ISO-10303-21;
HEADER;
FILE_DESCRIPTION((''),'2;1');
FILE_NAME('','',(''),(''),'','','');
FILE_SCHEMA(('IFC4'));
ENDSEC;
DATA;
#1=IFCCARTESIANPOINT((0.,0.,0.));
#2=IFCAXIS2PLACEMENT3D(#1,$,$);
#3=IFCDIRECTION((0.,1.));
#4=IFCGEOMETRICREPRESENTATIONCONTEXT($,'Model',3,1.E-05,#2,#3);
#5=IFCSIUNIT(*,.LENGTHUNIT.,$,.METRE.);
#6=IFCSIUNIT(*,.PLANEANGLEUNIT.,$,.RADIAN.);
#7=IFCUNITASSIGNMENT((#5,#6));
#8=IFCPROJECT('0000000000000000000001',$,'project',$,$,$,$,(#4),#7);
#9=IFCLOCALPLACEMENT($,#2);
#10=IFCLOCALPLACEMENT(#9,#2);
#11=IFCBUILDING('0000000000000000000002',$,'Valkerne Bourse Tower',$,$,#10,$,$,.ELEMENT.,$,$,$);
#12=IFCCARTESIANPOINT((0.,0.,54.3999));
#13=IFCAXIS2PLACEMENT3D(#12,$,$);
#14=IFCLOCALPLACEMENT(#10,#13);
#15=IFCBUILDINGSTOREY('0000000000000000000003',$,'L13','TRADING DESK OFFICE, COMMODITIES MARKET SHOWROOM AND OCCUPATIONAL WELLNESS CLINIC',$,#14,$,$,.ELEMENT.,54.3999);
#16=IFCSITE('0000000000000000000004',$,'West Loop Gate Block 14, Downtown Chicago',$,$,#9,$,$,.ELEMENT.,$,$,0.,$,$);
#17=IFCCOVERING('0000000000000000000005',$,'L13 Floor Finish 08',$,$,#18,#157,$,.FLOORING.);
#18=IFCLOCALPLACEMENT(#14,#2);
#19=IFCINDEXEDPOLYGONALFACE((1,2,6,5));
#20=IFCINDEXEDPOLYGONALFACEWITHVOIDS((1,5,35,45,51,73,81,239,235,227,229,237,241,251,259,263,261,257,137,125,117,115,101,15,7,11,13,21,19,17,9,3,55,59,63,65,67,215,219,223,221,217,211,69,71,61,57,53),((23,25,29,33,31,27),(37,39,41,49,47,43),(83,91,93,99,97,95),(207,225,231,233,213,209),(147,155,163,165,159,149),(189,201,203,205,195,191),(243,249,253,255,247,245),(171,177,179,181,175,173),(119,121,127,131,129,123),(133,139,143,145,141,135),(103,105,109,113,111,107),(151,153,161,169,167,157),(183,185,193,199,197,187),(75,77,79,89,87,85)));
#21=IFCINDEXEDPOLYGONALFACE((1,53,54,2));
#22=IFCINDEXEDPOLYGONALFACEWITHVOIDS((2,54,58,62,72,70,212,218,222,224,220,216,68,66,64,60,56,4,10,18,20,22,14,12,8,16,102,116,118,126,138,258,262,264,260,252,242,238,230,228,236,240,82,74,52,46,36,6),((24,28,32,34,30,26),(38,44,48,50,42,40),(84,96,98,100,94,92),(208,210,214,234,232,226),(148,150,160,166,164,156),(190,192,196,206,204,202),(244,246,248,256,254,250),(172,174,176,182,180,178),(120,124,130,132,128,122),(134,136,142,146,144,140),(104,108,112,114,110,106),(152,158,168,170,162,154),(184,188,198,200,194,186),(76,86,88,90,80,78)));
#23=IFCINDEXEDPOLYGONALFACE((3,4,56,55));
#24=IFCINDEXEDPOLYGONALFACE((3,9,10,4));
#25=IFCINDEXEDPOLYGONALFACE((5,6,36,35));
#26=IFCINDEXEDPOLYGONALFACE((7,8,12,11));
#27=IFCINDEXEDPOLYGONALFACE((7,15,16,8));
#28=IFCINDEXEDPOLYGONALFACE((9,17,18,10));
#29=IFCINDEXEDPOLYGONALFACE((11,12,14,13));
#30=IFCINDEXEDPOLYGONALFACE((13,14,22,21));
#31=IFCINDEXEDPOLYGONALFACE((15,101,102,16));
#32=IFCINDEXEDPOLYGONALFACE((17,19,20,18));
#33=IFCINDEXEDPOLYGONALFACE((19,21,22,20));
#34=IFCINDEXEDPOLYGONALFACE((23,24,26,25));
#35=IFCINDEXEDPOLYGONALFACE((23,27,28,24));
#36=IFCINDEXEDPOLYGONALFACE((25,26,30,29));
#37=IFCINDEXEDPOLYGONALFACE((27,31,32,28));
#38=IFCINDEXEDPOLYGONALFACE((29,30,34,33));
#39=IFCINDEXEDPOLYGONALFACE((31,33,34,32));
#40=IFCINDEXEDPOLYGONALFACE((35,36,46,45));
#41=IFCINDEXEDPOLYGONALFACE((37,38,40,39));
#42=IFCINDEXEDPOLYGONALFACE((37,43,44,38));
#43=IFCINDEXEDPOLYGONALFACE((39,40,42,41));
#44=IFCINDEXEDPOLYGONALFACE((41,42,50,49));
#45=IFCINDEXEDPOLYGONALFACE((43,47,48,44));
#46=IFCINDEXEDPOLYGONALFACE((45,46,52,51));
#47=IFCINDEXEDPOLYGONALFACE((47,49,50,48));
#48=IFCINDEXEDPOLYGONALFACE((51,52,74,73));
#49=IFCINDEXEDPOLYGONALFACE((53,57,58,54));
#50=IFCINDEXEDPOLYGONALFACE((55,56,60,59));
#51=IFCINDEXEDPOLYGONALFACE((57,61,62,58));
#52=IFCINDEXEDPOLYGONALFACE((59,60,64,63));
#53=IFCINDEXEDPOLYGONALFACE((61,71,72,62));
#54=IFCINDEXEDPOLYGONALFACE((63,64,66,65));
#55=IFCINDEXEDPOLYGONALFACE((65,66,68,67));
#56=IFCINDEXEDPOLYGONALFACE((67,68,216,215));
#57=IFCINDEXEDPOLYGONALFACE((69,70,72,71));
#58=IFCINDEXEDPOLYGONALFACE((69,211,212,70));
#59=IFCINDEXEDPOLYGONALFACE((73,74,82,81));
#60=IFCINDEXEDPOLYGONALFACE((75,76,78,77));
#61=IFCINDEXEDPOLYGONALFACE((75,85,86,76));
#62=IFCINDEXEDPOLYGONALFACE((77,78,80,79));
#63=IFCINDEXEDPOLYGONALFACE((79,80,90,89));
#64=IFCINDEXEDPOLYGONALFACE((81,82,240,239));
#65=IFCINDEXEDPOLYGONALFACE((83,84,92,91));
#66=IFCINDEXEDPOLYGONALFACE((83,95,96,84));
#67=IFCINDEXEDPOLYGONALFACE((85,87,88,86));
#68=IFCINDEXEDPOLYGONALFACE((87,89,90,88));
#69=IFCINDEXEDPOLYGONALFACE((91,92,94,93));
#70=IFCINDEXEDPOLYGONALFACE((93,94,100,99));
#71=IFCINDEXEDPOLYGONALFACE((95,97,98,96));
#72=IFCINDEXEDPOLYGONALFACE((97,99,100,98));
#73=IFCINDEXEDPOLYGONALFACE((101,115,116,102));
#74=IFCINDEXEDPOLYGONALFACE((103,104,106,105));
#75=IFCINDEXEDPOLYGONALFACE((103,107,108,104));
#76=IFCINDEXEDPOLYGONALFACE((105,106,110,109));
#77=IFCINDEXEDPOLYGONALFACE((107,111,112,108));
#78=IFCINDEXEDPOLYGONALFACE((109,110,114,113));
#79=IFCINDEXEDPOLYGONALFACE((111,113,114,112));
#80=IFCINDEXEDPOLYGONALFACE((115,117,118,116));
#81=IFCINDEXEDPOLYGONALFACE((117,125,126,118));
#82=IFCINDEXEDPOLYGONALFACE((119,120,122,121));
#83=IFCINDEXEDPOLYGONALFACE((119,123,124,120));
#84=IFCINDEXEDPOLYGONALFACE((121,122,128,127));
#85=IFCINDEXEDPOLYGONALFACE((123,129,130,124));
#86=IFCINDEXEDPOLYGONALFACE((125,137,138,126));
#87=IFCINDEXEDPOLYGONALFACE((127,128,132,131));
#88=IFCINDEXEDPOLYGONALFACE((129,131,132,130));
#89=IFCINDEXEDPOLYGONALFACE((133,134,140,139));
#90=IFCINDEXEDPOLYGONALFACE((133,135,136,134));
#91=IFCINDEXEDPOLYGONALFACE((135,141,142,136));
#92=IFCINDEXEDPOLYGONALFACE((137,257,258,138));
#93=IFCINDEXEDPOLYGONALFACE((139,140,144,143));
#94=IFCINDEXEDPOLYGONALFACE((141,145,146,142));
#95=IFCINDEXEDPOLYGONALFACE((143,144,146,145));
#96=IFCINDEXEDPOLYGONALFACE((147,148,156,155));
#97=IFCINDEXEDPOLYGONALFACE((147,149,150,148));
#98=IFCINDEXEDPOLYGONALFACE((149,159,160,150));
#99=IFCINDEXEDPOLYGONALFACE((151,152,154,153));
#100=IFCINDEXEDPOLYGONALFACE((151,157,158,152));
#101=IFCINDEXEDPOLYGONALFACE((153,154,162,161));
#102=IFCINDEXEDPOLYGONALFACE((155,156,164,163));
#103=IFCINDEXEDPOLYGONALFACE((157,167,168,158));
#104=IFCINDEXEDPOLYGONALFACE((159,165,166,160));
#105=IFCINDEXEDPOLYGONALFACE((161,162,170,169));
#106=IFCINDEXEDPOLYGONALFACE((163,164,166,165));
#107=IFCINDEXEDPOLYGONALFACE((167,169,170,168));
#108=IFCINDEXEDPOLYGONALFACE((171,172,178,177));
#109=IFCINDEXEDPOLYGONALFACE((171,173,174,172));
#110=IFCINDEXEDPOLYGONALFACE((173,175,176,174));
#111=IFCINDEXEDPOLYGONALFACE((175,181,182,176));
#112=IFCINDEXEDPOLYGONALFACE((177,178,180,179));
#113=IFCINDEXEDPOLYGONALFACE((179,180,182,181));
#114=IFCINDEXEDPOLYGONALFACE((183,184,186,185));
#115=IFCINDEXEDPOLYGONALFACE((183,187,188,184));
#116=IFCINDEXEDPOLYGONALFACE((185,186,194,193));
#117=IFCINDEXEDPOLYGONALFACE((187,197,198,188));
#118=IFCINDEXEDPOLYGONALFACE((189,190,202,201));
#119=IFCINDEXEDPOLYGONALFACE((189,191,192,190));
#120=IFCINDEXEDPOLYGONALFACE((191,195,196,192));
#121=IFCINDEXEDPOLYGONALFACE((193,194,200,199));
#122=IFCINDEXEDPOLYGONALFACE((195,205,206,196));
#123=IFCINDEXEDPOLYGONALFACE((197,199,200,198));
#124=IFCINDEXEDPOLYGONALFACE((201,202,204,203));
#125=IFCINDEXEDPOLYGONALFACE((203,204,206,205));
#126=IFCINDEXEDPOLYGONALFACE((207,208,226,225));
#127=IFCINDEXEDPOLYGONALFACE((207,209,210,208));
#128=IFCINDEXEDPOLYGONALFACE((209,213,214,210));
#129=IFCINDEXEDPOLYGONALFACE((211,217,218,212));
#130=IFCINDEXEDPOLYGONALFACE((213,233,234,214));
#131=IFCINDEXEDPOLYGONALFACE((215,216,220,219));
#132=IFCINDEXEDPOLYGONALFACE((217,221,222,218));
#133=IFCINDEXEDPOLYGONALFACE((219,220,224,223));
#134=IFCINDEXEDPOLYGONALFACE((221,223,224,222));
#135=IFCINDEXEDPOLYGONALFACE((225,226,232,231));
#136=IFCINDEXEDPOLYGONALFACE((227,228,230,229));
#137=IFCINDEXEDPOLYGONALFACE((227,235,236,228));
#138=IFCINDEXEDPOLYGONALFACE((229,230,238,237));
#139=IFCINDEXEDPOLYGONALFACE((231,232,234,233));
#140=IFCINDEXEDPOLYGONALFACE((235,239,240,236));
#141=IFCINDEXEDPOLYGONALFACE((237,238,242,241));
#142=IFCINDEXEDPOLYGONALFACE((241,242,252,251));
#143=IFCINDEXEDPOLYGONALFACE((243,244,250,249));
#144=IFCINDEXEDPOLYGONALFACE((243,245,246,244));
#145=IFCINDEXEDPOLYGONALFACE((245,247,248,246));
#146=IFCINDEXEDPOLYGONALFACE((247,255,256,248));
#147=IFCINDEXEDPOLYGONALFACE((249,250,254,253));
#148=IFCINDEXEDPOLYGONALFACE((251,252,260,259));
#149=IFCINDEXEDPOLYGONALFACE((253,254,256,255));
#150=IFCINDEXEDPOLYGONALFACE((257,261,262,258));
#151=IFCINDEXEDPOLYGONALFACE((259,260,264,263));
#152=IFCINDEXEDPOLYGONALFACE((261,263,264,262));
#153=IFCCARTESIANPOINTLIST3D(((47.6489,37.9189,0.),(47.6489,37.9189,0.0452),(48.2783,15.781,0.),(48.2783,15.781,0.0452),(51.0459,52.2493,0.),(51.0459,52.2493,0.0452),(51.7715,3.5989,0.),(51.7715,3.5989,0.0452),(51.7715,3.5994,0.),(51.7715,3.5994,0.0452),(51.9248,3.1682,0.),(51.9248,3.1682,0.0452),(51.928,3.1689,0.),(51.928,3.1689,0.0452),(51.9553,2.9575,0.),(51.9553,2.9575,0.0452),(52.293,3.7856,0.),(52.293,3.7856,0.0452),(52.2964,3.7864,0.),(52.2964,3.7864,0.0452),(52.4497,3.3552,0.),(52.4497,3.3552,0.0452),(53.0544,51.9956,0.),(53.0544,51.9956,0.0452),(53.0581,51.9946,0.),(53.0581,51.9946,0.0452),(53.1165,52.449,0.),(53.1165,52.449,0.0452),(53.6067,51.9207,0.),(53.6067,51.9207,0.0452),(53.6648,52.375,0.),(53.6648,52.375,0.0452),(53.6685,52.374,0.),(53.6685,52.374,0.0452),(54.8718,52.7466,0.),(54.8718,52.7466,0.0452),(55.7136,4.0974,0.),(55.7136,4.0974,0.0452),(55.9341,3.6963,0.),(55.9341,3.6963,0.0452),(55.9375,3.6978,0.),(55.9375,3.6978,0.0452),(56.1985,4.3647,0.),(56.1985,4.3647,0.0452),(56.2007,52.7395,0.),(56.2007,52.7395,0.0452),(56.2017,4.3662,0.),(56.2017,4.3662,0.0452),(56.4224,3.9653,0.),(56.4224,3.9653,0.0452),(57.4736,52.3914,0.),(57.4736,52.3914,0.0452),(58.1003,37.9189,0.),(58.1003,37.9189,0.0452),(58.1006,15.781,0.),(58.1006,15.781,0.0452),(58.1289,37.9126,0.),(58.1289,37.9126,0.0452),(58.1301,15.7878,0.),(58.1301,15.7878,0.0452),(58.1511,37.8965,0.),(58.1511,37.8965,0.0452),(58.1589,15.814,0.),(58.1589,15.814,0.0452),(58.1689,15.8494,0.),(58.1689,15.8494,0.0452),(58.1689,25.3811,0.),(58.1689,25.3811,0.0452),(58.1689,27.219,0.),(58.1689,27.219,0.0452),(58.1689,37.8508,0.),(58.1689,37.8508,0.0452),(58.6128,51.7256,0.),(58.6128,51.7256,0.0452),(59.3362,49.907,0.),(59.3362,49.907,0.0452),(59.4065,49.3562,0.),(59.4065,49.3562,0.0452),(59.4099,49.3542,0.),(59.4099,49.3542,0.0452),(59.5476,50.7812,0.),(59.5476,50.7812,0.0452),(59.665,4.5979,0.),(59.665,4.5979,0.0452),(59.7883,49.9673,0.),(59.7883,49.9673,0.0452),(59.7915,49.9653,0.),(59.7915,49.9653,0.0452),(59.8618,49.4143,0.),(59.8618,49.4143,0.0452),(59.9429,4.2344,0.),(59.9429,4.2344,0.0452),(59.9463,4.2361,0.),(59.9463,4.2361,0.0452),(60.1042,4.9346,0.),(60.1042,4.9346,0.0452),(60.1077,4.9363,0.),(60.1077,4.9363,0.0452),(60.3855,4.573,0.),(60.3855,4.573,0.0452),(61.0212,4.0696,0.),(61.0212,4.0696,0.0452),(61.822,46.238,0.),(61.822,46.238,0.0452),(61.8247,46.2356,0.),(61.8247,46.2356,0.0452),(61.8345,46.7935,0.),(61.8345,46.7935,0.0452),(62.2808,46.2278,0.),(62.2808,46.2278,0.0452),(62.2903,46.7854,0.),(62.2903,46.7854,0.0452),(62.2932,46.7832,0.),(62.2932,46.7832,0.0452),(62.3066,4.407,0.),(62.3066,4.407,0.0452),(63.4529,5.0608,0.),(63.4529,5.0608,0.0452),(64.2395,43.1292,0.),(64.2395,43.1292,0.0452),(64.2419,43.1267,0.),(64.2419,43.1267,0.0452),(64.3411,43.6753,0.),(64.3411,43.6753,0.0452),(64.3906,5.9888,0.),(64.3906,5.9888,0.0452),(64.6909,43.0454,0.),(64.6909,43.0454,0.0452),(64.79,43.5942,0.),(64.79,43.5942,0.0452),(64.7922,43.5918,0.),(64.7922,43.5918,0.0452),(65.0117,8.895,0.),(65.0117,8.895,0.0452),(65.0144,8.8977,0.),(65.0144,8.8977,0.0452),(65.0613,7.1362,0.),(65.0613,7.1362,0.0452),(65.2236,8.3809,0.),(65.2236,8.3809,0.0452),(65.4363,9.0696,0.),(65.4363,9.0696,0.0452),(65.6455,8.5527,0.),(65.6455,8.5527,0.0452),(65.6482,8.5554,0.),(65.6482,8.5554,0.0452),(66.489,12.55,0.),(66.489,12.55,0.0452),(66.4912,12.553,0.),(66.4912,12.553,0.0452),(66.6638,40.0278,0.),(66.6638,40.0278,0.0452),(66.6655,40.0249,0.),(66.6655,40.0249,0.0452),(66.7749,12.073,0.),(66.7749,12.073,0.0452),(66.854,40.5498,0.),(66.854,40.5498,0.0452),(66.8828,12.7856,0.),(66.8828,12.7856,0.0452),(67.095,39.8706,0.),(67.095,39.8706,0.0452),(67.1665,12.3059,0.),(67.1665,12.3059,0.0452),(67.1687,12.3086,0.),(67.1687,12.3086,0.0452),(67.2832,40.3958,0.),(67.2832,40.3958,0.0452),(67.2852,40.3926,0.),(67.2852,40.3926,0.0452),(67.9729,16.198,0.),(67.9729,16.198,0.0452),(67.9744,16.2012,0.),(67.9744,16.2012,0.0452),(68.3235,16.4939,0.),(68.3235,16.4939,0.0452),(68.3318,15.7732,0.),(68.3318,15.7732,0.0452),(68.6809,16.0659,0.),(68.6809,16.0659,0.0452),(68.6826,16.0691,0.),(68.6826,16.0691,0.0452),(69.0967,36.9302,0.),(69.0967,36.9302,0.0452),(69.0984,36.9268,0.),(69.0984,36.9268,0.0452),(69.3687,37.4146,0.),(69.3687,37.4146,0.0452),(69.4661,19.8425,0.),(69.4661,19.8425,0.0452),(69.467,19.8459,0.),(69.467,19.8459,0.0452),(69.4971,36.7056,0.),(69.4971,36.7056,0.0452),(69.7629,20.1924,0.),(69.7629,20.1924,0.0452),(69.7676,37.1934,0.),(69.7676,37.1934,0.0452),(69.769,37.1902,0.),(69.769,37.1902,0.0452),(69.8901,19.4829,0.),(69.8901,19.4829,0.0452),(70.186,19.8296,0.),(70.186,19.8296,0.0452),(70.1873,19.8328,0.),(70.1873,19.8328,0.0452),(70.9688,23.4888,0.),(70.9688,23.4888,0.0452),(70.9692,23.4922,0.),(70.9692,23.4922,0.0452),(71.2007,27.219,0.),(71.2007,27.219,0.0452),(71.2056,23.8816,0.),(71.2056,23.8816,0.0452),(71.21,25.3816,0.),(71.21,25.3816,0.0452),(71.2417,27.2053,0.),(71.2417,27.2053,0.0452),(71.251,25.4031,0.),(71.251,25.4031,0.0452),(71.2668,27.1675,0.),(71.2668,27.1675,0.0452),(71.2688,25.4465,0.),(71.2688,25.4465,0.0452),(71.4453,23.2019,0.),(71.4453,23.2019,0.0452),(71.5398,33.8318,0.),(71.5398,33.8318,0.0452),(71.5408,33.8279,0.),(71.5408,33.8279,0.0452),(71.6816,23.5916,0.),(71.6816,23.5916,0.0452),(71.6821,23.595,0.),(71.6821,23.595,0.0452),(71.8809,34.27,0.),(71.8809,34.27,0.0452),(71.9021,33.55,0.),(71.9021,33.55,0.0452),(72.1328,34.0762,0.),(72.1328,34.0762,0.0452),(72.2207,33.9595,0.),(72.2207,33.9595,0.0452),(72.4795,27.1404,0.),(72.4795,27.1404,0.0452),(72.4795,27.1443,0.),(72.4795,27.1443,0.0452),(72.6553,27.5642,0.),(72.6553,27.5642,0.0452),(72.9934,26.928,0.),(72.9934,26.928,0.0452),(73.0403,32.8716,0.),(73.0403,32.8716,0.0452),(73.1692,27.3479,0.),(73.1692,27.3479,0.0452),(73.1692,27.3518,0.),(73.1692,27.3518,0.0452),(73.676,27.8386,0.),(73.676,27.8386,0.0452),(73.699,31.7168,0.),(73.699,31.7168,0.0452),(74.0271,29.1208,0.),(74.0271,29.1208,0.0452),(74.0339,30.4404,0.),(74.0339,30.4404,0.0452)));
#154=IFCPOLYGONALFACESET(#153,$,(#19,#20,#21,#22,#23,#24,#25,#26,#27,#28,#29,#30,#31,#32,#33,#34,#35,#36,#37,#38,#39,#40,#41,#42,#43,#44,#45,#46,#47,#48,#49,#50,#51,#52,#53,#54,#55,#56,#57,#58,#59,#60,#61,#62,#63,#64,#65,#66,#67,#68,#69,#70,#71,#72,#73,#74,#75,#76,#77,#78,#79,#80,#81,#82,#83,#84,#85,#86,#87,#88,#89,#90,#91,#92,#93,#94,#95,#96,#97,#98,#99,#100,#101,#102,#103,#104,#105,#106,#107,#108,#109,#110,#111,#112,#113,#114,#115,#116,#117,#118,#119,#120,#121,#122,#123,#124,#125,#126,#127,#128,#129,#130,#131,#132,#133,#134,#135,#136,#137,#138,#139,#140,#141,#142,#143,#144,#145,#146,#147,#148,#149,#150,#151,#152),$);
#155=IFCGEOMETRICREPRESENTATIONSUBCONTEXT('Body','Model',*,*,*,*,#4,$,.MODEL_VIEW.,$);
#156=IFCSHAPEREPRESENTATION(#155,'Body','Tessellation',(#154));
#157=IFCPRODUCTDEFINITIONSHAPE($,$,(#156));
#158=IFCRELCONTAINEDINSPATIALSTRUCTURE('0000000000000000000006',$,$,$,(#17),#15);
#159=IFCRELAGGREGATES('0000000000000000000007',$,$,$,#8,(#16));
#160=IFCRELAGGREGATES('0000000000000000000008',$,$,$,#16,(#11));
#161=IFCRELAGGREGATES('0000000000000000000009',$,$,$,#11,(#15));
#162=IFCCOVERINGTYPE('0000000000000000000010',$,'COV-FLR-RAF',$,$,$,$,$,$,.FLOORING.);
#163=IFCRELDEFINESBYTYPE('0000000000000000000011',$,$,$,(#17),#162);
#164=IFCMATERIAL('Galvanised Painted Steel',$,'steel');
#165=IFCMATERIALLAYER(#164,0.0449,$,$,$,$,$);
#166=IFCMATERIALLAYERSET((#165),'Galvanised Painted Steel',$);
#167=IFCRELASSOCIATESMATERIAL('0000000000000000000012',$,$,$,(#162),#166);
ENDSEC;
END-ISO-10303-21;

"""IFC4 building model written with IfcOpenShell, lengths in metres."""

from ifc_helpers import new_model, si_unit, direction, frame, origin, place, context, subcontext, project, spatial, polyline, outline, extrude, material, layer, layer_set, type_object, element, save


model = new_model("IFC4")

# Units and contexts
model_context = context("Model", 3, precision=1e-05, world=origin(), true_north=direction((0.0, 1.0)))
body_context = subcontext(model_context, "Body", "Model", "MODEL_VIEW")
ifc_project = project(units=[si_unit("LENGTHUNIT", "METRE"), si_unit("PLANEANGLEUNIT", "RADIAN")], contexts=[model_context])

# Site, building, storey
site_placement = place(None, origin())
site = spatial("IfcSite", under=ifc_project, at=site_placement, Name="West Loop Gate Block 14, Downtown Chicago", CompositionType="ELEMENT", RefElevation=0.0)
building_placement = place(site_placement, origin())
building = spatial("IfcBuilding", under=site, at=building_placement, Name="Valkerne Bourse Tower", CompositionType="ELEMENT")
storey_placement = place(building_placement, frame((0.0, 0.0, 54.3999)))
storey = spatial("IfcBuildingStorey", under=building, at=storey_placement, Name="L13", Description="TRADING DESK OFFICE, COMMODITIES MARKET SHOWROOM AND OCCUPATIONAL WELLNESS CLINIC", CompositionType="ELEMENT", Elevation=54.3999)

# Covering
ifc_material_1 = material(Name="Galvanised Painted Steel", Category="steel")
ifc_layer_1 = layer(ifc_material_1, 0.0449)
ifc_layer_set_1 = layer_set([ifc_layer_1], Name="Galvanised Painted Steel")
covering_type_1 = type_object("IfcCoveringType", Name="COV-FLR-RAF", PredefinedType="FLOORING", material=ifc_layer_set_1)
covering_1_placement = place(storey_placement, origin())
element("IfcCovering", 1, at=covering_1_placement, inside=storey, type_object=covering_type_1, Name="L13 Floor Finish 08", PredefinedType="FLOORING", context=body_context, shape_type="SweptSolid", body=[
    extrude(outline(polyline([(62.3066, 4.407), (61.0212, 4.0696), (51.9553, 2.9575), (51.7715, 3.5989), (51.9248, 3.1682), (51.928, 3.1689), (52.4497, 3.3552), (52.2964, 3.7864), (52.293, 3.7856), (51.7715, 3.5994), (48.2783, 15.781), (58.1006, 15.781), (58.1301, 15.7878), (58.1589, 15.814), (58.1689, 15.8494), (58.1689, 25.3811), (71.21, 25.3816), (71.251, 25.4031), (71.2688, 25.4465), (71.2668, 27.1675), (71.2417, 27.2053), (71.2007, 27.219), (58.1689, 27.219), (58.1689, 37.8508), (58.1511, 37.8965), (58.1289, 37.9126), (58.1003, 37.9189), (47.6489, 37.9189), (51.0459, 52.2493), (54.8718, 52.7466), (56.2007, 52.7395), (57.4736, 52.3914), (58.6128, 51.7256), (59.5476, 50.7812), (72.1328, 34.0762), (71.8809, 34.27), (71.5398, 33.8318), (71.5408, 33.8279), (71.9021, 33.55), (72.2207, 33.9595), (73.0403, 32.8716), (73.699, 31.7168), (74.0339, 30.4404), (74.0271, 29.1208), (73.676, 27.8386), (65.0613, 7.1362), (64.3906, 5.9888), (63.4529, 5.0608), (62.3066, 4.407)]), holes=[polyline([(53.6685, 52.374), (53.6648, 52.375), (53.1165, 52.449), (53.0544, 51.9956), (53.0581, 51.9946), (53.6067, 51.9207), (53.6685, 52.374)]), polyline([(56.4224, 3.9653), (56.2017, 4.3662), (56.1985, 4.3647), (55.7136, 4.0974), (55.9341, 3.6963), (55.9375, 3.6978), (56.4224, 3.9653)]), polyline([(59.9463, 4.2361), (60.3855, 4.573), (60.1077, 4.9363), (60.1042, 4.9346), (59.665, 4.5979), (59.9429, 4.2344), (59.9463, 4.2361)]), polyline([(65.6455, 8.5527), (65.6482, 8.5554), (65.4363, 9.0696), (65.0144, 8.8977), (65.0117, 8.895), (65.2236, 8.3809), (65.6455, 8.5527)]), polyline([(67.1687, 12.3086), (66.8828, 12.7856), (66.4912, 12.553), (66.489, 12.55), (66.7749, 12.073), (67.1665, 12.3059), (67.1687, 12.3086)]), polyline([(68.6809, 16.0659), (68.6826, 16.0691), (68.3235, 16.4939), (67.9744, 16.2012), (67.9729, 16.198), (68.3318, 15.7732), (68.6809, 16.0659)]), polyline([(70.186, 19.8296), (70.1873, 19.8328), (69.7629, 20.1924), (69.467, 19.8459), (69.4661, 19.8425), (69.8901, 19.4829), (70.186, 19.8296)]), polyline([(71.6821, 23.595), (71.2056, 23.8816), (70.9692, 23.4922), (70.9688, 23.4888), (71.4453, 23.2019), (71.6816, 23.5916), (71.6821, 23.595)]), polyline([(73.1692, 27.3479), (73.1692, 27.3518), (72.6553, 27.5642), (72.4795, 27.1443), (72.4795, 27.1404), (72.9934, 26.928), (73.1692, 27.3479)]), polyline([(69.7676, 37.1934), (69.3687, 37.4146), (69.0967, 36.9302), (69.0984, 36.9268), (69.4971, 36.7056), (69.769, 37.1902), (69.7676, 37.1934)]), polyline([(67.2852, 40.3926), (67.2832, 40.3958), (66.854, 40.5498), (66.6638, 40.0278), (66.6655, 40.0249), (67.095, 39.8706), (67.2852, 40.3926)]), polyline([(64.7922, 43.5918), (64.79, 43.5942), (64.3411, 43.6753), (64.2395, 43.1292), (64.2419, 43.1267), (64.6909, 43.0454), (64.7922, 43.5918)]), polyline([(62.2903, 46.7854), (61.8345, 46.7935), (61.822, 46.238), (61.8247, 46.2356), (62.2808, 46.2278), (62.2932, 46.7832), (62.2903, 46.7854)]), polyline([(59.8618, 49.4143), (59.7915, 49.9653), (59.7883, 49.9673), (59.3362, 49.907), (59.4065, 49.3562), (59.4099, 49.3542), (59.8618, 49.4143)])]), origin(), (0.0, 0.0, 1.0), 0.0452),
])

save(model, "model.ifc")
